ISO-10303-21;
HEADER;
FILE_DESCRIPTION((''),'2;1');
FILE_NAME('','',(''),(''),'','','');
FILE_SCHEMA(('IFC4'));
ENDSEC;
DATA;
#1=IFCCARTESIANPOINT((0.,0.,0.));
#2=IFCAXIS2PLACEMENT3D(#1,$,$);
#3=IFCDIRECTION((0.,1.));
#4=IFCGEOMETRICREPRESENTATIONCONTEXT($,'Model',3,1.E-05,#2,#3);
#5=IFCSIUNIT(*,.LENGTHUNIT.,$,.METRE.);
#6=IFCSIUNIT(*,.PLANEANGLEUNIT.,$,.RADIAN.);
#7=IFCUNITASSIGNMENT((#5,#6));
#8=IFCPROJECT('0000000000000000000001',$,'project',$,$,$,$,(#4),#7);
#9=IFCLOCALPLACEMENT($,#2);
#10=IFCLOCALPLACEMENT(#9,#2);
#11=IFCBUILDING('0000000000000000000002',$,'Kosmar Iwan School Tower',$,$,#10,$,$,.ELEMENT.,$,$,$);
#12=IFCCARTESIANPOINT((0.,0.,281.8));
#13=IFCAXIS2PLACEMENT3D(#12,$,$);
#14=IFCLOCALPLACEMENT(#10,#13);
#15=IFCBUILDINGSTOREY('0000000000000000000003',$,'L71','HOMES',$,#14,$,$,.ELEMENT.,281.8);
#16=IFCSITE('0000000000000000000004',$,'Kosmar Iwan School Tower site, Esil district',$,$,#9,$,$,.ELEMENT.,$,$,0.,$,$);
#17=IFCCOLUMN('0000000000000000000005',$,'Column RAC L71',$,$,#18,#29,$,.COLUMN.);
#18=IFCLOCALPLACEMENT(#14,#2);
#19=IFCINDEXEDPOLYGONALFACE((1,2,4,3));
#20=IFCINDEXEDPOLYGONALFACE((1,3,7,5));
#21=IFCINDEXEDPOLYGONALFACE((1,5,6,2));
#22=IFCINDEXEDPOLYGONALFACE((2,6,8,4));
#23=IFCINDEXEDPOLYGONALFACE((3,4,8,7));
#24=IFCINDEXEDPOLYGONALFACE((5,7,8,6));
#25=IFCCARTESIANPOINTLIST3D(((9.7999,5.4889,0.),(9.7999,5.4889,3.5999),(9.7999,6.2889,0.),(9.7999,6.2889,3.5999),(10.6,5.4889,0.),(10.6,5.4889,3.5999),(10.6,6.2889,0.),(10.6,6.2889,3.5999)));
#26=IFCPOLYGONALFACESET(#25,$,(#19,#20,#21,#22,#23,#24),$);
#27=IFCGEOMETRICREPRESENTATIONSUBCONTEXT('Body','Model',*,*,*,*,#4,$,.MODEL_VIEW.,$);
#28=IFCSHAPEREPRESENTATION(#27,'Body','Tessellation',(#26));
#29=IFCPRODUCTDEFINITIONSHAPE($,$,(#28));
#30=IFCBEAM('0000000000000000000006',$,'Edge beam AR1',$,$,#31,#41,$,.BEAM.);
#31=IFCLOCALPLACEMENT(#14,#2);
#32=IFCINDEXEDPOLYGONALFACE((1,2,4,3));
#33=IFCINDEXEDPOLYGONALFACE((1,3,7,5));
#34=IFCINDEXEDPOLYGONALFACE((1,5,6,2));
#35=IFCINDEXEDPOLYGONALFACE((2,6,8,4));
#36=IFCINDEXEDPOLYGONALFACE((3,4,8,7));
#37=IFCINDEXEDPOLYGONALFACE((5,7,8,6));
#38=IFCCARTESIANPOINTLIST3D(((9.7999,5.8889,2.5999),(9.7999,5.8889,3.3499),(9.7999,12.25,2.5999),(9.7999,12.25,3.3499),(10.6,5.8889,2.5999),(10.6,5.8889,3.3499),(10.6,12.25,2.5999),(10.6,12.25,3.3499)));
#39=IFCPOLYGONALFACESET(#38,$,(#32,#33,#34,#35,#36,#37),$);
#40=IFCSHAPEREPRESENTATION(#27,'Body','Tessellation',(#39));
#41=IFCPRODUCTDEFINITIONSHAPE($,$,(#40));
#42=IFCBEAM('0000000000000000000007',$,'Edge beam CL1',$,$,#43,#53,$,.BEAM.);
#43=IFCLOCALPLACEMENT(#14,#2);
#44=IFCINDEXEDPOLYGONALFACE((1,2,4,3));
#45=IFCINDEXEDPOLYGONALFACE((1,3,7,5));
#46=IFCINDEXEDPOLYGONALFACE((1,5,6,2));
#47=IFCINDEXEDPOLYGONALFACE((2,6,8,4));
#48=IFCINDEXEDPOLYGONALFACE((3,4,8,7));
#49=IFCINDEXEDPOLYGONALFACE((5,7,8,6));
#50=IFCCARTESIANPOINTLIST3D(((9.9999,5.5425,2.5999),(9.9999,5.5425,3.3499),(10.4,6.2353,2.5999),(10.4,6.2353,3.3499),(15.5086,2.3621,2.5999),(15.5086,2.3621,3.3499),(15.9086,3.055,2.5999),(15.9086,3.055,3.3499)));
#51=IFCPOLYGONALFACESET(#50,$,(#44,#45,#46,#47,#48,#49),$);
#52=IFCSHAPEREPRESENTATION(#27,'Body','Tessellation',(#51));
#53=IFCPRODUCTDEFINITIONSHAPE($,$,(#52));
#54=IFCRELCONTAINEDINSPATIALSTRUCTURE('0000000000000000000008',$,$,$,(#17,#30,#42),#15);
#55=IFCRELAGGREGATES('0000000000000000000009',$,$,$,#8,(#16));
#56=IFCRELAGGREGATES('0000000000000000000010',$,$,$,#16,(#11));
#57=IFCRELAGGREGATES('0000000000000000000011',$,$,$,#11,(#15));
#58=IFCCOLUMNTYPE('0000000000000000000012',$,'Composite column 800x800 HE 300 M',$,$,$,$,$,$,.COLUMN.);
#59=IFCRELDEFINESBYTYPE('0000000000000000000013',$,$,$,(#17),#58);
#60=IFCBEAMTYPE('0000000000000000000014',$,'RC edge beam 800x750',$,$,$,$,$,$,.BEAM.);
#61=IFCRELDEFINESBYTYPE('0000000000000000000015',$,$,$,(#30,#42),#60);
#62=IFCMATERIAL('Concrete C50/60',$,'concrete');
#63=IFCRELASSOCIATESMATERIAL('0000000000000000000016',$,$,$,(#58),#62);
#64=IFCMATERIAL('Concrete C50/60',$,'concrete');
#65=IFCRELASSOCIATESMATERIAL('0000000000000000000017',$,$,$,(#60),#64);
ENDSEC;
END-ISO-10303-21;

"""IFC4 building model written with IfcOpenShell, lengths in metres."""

from ifc_helpers import new_model, si_unit, direction, frame, origin, origin_2d, place, context, subcontext, project, spatial, rectangle, extrude, material, material_profile, profile_set, type_object, element, save


model = new_model("IFC4")

# Units and contexts
model_context = context("Model", 3, precision=1e-05, world=origin(), true_north=direction((0.0, 1.0)))
body_context = subcontext(model_context, "Body", "Model", "MODEL_VIEW")
ifc_project = project(units=[si_unit("LENGTHUNIT", "METRE"), si_unit("PLANEANGLEUNIT", "RADIAN")], contexts=[model_context])

# Site, building, storey
site_placement = place(None, origin())
site = spatial("IfcSite", under=ifc_project, at=site_placement, Name="Kosmar Iwan School Tower site, Esil district", CompositionType="ELEMENT", RefElevation=0.0)
building_placement = place(site_placement, origin())
building = spatial("IfcBuilding", under=site, at=building_placement, Name="Kosmar Iwan School Tower", CompositionType="ELEMENT")
storey_placement = place(building_placement, frame((0.0, 0.0, 281.8)))
storey = spatial("IfcBuildingStorey", under=building, at=storey_placement, Name="L71", Description="HOMES", CompositionType="ELEMENT", Elevation=281.8)

# Column
ifc_material_1 = material(Name="Concrete C50/60", Category="concrete")
ifc_material_profile_1 = material_profile(ifc_material_1, rectangle(XDim=0.8, YDim=0.8, at=origin_2d()), Name="RC 800x800 + HE 300 M")
ifc_profile_set_1 = profile_set([ifc_material_profile_1], Name="Concrete C50/60")
column_type = type_object("IfcColumnType", Name="Composite column 800x800 HE 300 M", PredefinedType="COLUMN", material=ifc_profile_set_1)
column_placement = place(storey_placement, frame((10.2, 5.8889, 0.0), z_axis=(0.0, 0.0, 1.0), x_axis=(1.0, 0.0, 0.0)))
element("IfcColumn", 1, at=column_placement, inside=storey, type_object=column_type, Name="Column RAC L71", PredefinedType="COLUMN", context=body_context, shape_type="SweptSolid", body=[
    extrude(rectangle(XDim=0.8, YDim=0.8, at=origin_2d()), origin(), (0.0, 0.0, 1.0), 3.5999),
])

# Beams
ifc_material_2 = material(Name="Concrete C50/60", Category="concrete")
ifc_material_profile_2 = material_profile(ifc_material_2, rectangle(XDim=0.8, YDim=0.75, at=origin_2d()), Name="RC 800x750")
ifc_profile_set_2 = profile_set([ifc_material_profile_2], Name="Concrete C50/60")
beam_type = type_object("IfcBeamType", Name="RC edge beam 800x750", PredefinedType="BEAM", material=ifc_profile_set_2)
beam_1_placement = place(storey_placement, frame((10.2, 5.8889, 2.9749), z_axis=(0.0, 1.0, 0.0), x_axis=(-1.0, 0.0, 0.0)))
element("IfcBeam", 2, at=beam_1_placement, inside=storey, type_object=beam_type, Name="Edge beam AR1", PredefinedType="BEAM", context=body_context, shape_type="SweptSolid", body=[
    extrude(rectangle(XDim=0.8, YDim=0.75, at=origin_2d()), origin(), (0.0, 0.0, 1.0), 6.3611),
])
beam_2_placement = place(storey_placement, frame((10.2, 5.8889, 2.9749), z_axis=(0.866031, -0.49999, 0.0), x_axis=(0.49999, 0.866031, 0.0)))
element("IfcBeam", 3, at=beam_2_placement, inside=storey, type_object=beam_type, Name="Edge beam CL1", PredefinedType="BEAM", context=body_context, shape_type="SweptSolid", body=[
    extrude(rectangle(XDim=0.8, YDim=0.75, at=origin_2d()), origin(), (0.0, 0.0, 1.0), 6.3608),
])

save(model, "model.ifc")
